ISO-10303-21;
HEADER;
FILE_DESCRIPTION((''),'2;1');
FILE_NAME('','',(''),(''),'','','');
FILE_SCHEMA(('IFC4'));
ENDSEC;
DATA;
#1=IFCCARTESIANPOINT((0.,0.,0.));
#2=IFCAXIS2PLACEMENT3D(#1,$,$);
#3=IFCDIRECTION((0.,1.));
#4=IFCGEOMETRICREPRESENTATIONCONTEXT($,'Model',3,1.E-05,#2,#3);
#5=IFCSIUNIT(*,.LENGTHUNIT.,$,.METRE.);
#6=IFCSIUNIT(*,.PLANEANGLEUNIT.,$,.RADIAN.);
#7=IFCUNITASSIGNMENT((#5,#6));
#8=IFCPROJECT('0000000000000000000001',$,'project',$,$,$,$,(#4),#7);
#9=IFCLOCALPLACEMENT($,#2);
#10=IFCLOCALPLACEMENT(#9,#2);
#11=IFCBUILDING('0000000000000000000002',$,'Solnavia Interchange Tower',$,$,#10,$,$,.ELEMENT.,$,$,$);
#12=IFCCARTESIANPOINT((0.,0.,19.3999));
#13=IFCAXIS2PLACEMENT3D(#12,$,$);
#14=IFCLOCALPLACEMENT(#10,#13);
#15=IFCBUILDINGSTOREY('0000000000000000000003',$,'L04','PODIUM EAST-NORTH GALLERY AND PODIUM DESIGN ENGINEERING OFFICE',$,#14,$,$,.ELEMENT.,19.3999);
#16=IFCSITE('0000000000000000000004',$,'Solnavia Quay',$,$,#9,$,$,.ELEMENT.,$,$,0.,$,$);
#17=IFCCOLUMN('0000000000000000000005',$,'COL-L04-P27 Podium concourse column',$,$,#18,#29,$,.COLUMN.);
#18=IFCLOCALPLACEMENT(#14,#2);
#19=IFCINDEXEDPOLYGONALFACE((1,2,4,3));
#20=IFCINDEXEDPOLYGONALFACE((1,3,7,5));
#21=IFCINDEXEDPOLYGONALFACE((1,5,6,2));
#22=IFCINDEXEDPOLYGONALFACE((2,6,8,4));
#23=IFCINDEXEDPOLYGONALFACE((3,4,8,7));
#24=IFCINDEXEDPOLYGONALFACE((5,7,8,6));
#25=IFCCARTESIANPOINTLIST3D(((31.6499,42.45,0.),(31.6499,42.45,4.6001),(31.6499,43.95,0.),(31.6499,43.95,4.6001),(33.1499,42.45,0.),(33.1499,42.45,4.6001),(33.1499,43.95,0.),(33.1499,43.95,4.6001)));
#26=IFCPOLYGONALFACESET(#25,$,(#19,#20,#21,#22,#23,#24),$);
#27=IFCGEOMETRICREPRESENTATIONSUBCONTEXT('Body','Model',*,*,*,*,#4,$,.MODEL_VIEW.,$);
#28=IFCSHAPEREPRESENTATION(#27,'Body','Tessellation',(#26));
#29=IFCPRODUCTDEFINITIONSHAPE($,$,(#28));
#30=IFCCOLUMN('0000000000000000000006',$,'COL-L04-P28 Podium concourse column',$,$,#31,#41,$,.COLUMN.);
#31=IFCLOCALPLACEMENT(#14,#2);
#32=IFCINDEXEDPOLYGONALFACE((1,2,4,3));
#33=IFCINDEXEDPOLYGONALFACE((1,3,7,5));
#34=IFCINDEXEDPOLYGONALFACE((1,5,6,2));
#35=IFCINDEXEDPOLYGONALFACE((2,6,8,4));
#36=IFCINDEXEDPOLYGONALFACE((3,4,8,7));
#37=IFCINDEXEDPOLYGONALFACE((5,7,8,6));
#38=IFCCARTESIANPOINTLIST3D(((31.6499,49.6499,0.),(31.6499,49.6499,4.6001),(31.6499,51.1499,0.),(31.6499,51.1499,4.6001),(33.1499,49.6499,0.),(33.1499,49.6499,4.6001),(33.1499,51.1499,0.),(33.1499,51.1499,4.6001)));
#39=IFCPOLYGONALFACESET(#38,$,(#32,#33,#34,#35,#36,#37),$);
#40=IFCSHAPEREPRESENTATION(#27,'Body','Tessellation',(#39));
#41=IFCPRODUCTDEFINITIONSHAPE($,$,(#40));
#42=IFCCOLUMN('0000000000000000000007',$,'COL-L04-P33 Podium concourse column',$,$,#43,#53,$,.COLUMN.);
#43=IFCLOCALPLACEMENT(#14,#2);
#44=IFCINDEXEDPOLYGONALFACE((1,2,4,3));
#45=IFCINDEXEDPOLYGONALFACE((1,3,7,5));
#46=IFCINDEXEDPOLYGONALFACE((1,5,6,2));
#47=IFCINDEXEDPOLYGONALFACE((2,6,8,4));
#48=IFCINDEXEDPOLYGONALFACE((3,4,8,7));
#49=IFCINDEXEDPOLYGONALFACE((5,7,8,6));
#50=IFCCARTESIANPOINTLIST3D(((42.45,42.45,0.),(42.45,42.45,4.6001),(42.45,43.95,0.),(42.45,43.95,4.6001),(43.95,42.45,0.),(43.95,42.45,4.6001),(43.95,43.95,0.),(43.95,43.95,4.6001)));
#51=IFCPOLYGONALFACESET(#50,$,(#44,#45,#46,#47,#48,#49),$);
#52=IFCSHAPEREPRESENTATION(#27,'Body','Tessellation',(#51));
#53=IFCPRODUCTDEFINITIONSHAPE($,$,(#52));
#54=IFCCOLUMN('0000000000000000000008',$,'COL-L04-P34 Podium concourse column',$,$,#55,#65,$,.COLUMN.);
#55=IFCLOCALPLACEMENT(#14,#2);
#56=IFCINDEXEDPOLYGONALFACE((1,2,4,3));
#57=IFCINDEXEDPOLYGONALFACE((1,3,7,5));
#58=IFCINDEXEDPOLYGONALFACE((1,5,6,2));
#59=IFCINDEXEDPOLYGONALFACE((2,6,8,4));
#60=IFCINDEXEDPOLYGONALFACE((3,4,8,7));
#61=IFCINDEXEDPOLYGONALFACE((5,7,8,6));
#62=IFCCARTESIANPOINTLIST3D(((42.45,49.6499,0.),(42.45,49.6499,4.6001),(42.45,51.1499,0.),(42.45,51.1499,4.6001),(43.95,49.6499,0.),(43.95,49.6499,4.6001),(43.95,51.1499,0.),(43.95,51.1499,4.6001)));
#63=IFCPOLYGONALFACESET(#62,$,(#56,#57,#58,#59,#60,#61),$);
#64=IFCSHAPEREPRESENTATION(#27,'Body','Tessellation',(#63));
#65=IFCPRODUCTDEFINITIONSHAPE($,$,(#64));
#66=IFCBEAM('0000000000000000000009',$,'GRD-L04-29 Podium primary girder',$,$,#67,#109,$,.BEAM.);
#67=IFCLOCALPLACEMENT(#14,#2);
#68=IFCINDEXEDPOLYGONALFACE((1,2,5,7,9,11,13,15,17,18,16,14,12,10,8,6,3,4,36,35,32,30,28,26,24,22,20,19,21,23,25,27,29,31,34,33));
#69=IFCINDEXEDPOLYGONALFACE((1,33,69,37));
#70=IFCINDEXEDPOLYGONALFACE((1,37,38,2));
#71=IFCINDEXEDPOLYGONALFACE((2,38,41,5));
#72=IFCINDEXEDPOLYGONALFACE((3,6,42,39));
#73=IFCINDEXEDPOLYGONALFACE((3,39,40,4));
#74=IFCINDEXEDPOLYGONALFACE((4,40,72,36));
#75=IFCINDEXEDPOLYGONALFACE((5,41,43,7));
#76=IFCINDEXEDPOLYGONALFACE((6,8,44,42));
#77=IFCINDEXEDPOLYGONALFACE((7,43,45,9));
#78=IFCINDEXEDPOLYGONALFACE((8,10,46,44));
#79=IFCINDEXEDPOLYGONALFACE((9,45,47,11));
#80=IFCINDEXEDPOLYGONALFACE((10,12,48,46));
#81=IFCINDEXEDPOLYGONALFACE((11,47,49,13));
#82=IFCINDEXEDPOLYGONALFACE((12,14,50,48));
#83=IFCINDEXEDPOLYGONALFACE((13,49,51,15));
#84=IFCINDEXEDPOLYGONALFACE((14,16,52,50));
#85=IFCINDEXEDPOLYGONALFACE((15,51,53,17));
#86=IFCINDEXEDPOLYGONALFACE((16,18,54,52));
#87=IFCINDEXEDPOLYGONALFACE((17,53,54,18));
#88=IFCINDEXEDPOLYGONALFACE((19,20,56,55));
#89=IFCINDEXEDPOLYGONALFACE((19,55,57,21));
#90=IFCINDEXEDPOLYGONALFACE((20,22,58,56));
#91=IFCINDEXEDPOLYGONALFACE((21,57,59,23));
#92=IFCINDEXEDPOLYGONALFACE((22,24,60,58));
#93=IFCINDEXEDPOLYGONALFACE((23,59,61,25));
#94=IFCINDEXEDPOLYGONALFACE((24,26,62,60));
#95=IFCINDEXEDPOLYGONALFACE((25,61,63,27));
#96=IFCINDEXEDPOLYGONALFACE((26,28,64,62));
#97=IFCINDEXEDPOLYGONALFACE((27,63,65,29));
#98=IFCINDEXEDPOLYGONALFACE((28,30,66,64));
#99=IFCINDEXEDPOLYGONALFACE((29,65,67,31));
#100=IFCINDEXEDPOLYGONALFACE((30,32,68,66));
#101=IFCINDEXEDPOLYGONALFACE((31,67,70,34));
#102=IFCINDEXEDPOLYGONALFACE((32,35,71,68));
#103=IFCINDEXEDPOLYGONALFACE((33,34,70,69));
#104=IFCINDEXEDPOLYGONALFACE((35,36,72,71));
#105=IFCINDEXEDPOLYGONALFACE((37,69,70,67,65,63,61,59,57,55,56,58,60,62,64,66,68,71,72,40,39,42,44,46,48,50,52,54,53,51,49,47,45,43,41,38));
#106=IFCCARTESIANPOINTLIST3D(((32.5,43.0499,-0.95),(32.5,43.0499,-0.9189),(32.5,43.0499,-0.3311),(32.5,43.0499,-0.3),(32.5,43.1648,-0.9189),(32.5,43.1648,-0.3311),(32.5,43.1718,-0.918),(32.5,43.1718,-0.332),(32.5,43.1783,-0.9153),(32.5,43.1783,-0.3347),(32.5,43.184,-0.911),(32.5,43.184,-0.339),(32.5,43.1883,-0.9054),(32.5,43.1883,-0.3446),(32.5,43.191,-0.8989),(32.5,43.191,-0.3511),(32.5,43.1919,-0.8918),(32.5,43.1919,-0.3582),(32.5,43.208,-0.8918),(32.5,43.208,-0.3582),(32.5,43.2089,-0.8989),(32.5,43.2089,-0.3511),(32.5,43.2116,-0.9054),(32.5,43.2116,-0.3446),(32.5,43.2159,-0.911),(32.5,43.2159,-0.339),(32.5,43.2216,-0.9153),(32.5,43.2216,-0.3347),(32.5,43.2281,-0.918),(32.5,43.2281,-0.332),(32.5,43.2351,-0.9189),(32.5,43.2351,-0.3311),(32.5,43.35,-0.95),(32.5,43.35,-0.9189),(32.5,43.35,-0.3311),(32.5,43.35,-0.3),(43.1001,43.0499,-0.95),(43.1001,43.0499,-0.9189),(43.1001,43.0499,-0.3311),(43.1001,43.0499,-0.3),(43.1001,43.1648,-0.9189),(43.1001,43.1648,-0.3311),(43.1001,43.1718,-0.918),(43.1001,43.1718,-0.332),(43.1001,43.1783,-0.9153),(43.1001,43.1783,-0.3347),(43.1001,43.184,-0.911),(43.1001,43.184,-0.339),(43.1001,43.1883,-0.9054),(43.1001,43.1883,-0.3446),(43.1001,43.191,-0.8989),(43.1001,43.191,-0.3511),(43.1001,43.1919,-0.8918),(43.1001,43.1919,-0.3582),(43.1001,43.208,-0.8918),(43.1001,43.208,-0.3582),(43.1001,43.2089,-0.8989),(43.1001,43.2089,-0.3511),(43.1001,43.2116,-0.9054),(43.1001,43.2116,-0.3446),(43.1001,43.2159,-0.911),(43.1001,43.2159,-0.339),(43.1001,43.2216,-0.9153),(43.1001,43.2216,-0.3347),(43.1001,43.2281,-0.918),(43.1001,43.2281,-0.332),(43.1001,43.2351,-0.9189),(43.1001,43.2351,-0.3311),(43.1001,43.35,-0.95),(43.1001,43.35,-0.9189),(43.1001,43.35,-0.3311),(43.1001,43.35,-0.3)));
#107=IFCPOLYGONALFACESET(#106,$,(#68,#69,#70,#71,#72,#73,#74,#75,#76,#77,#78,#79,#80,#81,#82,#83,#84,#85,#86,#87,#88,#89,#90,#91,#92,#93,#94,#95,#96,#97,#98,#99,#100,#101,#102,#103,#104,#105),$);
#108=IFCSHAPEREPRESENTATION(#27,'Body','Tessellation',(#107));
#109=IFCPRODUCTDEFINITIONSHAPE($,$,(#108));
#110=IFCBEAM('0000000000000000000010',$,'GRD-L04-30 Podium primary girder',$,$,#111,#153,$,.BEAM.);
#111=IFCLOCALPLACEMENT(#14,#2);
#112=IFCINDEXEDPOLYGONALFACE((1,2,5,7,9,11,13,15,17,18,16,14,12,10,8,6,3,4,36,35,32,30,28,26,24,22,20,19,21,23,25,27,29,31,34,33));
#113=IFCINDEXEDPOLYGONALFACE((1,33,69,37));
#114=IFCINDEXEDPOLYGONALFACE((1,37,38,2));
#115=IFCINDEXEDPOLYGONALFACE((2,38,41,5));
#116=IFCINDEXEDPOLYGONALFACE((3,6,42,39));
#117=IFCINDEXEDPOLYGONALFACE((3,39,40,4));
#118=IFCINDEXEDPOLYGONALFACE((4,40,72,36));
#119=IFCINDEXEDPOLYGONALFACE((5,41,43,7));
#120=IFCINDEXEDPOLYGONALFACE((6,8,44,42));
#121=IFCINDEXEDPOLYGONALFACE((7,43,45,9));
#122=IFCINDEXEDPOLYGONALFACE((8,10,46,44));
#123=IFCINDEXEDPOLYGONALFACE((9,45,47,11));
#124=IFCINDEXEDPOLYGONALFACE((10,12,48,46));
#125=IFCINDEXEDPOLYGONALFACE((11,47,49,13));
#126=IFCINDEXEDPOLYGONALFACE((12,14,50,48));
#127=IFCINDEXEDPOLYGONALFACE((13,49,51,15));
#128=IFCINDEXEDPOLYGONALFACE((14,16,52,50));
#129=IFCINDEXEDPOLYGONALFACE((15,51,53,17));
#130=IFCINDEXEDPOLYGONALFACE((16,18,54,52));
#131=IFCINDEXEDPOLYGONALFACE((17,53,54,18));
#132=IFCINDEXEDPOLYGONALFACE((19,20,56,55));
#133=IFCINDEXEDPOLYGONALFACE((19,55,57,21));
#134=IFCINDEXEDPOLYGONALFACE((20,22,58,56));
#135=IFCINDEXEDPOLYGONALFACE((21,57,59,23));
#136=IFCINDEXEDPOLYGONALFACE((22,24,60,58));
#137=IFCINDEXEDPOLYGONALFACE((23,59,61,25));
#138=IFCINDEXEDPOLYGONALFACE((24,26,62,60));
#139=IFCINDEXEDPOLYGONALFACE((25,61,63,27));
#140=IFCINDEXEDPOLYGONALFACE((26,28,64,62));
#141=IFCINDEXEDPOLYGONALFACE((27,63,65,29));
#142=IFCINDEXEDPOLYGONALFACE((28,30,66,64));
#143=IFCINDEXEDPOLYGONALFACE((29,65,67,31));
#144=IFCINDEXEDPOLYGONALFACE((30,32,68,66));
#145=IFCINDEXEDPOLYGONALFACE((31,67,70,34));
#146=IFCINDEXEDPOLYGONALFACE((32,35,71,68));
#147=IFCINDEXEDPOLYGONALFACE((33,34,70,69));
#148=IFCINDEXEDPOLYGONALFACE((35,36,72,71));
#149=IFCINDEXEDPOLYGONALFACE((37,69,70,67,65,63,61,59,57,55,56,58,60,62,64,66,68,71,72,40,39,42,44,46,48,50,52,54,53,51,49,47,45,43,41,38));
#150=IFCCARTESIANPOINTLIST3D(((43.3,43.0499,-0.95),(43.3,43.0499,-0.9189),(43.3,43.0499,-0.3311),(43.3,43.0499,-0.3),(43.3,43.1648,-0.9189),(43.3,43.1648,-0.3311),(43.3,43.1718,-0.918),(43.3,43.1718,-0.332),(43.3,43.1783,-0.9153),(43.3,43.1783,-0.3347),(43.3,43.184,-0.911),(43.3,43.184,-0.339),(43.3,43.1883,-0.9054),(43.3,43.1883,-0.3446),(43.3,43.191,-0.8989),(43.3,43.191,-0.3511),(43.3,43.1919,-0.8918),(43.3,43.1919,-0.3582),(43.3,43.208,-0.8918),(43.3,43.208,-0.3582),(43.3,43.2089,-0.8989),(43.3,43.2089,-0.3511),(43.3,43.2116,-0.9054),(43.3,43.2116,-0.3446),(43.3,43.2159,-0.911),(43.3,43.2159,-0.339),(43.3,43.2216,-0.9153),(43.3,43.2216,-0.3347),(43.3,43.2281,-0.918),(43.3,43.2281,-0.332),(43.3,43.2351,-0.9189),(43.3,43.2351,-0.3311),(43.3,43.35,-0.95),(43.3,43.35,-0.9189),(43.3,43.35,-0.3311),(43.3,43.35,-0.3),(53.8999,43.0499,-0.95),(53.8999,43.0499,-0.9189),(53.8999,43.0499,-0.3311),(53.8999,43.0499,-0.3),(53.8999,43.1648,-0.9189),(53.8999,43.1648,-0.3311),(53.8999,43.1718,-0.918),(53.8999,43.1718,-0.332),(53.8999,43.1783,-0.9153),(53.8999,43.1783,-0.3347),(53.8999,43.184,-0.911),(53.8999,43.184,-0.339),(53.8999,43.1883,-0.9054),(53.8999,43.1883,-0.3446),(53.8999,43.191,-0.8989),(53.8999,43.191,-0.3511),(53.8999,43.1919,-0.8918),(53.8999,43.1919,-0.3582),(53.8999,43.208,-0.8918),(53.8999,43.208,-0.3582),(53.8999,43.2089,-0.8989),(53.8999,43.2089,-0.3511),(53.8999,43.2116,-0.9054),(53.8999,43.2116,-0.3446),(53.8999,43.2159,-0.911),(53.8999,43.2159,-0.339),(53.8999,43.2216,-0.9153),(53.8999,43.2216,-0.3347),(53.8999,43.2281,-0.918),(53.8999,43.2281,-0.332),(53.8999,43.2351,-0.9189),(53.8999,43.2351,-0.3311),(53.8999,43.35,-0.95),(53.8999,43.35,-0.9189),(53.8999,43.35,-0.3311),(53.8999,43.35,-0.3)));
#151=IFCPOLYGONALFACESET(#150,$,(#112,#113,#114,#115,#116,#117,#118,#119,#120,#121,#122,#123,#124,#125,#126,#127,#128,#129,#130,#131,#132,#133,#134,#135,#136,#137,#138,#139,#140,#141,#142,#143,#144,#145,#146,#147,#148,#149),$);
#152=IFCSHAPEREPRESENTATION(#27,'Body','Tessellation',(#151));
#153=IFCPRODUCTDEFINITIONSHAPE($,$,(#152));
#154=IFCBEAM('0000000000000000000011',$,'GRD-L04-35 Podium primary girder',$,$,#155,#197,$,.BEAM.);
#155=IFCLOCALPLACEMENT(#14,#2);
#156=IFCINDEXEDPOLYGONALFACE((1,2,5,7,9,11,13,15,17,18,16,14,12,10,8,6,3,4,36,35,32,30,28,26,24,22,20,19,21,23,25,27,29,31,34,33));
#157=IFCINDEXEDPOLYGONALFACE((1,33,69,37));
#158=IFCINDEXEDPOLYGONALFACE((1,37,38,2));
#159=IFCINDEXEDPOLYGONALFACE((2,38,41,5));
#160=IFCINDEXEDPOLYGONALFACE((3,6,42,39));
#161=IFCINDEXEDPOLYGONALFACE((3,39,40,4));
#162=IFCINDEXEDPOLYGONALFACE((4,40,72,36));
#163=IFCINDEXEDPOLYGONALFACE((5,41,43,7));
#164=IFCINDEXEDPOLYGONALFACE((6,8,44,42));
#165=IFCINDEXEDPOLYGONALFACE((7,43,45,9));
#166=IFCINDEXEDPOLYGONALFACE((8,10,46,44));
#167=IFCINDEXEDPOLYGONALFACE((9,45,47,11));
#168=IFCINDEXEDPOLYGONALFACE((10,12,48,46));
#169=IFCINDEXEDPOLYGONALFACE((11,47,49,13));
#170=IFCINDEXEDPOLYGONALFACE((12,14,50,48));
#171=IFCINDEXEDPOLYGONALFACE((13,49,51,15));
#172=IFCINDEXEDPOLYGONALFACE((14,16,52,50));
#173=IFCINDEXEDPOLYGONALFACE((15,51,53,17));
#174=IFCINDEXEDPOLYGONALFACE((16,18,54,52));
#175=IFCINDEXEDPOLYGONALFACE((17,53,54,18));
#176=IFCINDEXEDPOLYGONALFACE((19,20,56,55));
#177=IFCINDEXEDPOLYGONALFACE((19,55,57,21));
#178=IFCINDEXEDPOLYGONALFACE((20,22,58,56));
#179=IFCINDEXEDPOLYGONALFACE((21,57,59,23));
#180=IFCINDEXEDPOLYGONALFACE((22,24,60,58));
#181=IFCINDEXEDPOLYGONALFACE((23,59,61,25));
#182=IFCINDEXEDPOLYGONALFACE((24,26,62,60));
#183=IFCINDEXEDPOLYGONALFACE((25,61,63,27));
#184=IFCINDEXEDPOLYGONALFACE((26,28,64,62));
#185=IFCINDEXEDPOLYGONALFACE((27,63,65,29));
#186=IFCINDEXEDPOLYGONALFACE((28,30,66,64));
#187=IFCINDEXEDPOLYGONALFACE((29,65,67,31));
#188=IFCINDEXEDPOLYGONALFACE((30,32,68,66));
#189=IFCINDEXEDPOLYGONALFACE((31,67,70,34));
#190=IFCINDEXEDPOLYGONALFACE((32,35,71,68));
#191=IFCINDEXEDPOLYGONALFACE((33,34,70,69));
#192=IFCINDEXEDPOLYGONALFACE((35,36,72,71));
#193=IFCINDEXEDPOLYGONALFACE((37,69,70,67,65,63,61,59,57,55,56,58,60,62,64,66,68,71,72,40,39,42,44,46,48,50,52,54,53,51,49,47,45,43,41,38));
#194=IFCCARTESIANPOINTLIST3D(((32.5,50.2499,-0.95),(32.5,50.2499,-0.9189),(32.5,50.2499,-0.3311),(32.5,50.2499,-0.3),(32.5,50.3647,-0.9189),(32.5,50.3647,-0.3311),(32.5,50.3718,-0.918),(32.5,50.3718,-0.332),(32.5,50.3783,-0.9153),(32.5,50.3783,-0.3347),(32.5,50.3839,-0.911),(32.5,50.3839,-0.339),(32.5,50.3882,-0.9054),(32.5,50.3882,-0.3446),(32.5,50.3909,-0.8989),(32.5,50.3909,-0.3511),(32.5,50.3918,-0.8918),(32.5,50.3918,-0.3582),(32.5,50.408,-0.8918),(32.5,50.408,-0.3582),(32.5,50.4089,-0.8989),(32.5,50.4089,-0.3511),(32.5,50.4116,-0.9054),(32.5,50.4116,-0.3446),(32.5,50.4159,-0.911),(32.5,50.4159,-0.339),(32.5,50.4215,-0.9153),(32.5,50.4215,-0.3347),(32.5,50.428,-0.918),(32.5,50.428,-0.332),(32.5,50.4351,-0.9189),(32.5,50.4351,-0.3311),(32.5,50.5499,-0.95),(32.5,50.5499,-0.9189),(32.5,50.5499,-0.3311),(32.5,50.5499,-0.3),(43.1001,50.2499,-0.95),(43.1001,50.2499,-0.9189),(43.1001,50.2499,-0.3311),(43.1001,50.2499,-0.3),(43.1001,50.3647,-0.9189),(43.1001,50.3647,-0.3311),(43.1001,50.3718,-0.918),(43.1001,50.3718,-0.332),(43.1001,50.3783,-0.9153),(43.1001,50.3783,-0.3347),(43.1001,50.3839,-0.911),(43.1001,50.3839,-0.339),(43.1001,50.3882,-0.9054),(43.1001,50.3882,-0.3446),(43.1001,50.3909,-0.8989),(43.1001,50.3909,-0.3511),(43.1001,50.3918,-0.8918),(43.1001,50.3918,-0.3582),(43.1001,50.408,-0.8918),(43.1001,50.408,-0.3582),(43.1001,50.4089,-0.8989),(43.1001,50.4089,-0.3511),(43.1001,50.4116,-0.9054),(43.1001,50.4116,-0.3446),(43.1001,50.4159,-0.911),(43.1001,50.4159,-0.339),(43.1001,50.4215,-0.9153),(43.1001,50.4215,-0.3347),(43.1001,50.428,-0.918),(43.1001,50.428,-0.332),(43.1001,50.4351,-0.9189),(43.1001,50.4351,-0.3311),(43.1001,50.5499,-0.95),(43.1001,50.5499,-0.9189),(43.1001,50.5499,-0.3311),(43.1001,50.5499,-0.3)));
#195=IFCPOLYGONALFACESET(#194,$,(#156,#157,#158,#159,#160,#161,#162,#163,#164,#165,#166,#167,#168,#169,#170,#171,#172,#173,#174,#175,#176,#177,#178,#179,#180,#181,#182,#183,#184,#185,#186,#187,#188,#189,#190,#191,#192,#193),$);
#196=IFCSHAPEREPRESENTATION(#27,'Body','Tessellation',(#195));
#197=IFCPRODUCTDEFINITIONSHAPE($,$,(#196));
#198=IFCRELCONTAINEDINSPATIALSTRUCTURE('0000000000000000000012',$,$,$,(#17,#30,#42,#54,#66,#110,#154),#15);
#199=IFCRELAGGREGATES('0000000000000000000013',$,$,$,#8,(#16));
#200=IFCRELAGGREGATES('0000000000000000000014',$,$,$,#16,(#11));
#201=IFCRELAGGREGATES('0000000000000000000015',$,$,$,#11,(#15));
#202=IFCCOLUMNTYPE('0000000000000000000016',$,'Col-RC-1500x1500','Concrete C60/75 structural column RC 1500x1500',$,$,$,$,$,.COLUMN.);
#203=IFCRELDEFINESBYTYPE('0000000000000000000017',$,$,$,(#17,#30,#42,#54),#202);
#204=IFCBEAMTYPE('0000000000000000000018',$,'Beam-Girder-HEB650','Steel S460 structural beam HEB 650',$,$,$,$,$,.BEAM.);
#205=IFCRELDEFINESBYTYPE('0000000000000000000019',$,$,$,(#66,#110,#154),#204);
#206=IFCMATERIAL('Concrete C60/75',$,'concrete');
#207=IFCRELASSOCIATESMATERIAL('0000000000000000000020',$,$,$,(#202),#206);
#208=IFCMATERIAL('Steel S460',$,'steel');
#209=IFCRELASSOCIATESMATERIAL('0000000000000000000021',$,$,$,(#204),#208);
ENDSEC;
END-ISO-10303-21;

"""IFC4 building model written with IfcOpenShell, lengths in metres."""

from ifc_helpers import new_model, si_unit, direction, frame, origin, origin_2d, place, context, subcontext, project, spatial, rectangle, i_section, extrude, material, material_profile, profile_set, type_object, element, save


model = new_model("IFC4")

# Units and contexts
model_context = context("Model", 3, precision=1e-05, world=origin(), true_north=direction((0.0, 1.0)))
body_context = subcontext(model_context, "Body", "Model", "MODEL_VIEW")
ifc_project = project(units=[si_unit("LENGTHUNIT", "METRE"), si_unit("PLANEANGLEUNIT", "RADIAN")], contexts=[model_context])

# Site, building, storey
site_placement = place(None, origin())
site = spatial("IfcSite", under=ifc_project, at=site_placement, Name="Solnavia Quay", CompositionType="ELEMENT", RefElevation=0.0)
building_placement = place(site_placement, origin())
building = spatial("IfcBuilding", under=site, at=building_placement, Name="Solnavia Interchange Tower", CompositionType="ELEMENT")
storey_placement = place(building_placement, frame((0.0, 0.0, 19.3999)))
storey = spatial("IfcBuildingStorey", under=building, at=storey_placement, Name="L04", Description="PODIUM EAST-NORTH GALLERY AND PODIUM DESIGN ENGINEERING OFFICE", CompositionType="ELEMENT", Elevation=19.3999)

# Columns
ifc_material_1 = material(Name="Concrete C60/75", Category="concrete")
ifc_material_profile_1 = material_profile(ifc_material_1, rectangle(XDim=1.5, YDim=1.5, at=origin_2d()), Name="RC 1500x1500")
ifc_profile_set_1 = profile_set([ifc_material_profile_1], Name="Concrete C60/75")
column_type = type_object("IfcColumnType", Name="Col-RC-1500x1500", Description="Concrete C60/75 structural column RC 1500x1500", PredefinedType="COLUMN", material=ifc_profile_set_1)
for number, where, z_axis, x_axis, name in (
    (1, (32.3999, 43.2, 0.0), (0.0, 0.0, 1.0), (1.0, 0.0, 0.0), "COL-L04-P27 Podium concourse column"),
    (2, (32.3999, 50.3999, 0.0), (0.0, 0.0, 1.0), (1.0, 0.0, 0.0), "COL-L04-P28 Podium concourse column"),
    (3, (43.2, 43.2, 0.0), (0.0, 0.0, 1.0), (1.0, 0.0, 0.0), "COL-L04-P33 Podium concourse column"),
    (4, (43.2, 50.3999, 0.0), (0.0, 0.0, 1.0), (1.0, 0.0, 0.0), "COL-L04-P34 Podium concourse column"),
):
    element("IfcColumn", number, at=place(storey_placement, frame(where, z_axis=z_axis, x_axis=x_axis)), inside=storey, type_object=column_type, Name=name, PredefinedType="COLUMN", context=body_context, shape_type="SweptSolid", body=[
        extrude(rectangle(XDim=1.5, YDim=1.5, at=origin_2d()), origin(), (0.0, 0.0, 1.0), 4.6001),
    ])

# Beams
ifc_material_2 = material(Name="Steel S460", Category="steel")
ifc_material_profile_2 = material_profile(ifc_material_2, i_section(OverallWidth=0.3, OverallDepth=0.6499, WebThickness=0.0161, FlangeThickness=0.031, FilletRadius=0.0271, at=origin_2d()), Name="HEB 650")
ifc_profile_set_2 = profile_set([ifc_material_profile_2], Name="Steel S460")
beam_type_1 = type_object("IfcBeamType", Name="Beam-Girder-HEB650", Description="Steel S460 structural beam HEB 650", PredefinedType="BEAM", material=ifc_profile_set_2)
beam_1_placement = place(storey_placement, frame((32.5, 43.2, -0.625), z_axis=(1.0, 0.0, 0.0), x_axis=(0.0, 1.0, 0.0)))
element("IfcBeam", 5, at=beam_1_placement, inside=storey, type_object=beam_type_1, Name="GRD-L04-29 Podium primary girder", PredefinedType="BEAM", context=body_context, shape_type="SweptSolid", body=[
    extrude(i_section(OverallWidth=0.3, OverallDepth=0.6499, WebThickness=0.0161, FlangeThickness=0.031, FilletRadius=0.0271, at=origin_2d()), origin(), (0.0, 0.0, 1.0), 10.6001),
])
beam_2_placement = place(storey_placement, frame((43.3, 43.2, -0.625), z_axis=(1.0, 0.0, 0.0), x_axis=(0.0, 1.0, 0.0)))
element("IfcBeam", 6, at=beam_2_placement, inside=storey, type_object=beam_type_1, Name="GRD-L04-30 Podium primary girder", PredefinedType="BEAM", context=body_context, shape_type="SweptSolid", body=[
    extrude(i_section(OverallWidth=0.3, OverallDepth=0.6499, WebThickness=0.0161, FlangeThickness=0.031, FilletRadius=0.0271, at=origin_2d()), origin(), (0.0, 0.0, 1.0), 10.5999),
])
beam_3_placement = place(storey_placement, frame((32.5, 50.3999, -0.625), z_axis=(1.0, 0.0, 0.0), x_axis=(0.0, 1.0, 0.0)))
element("IfcBeam", 7, at=beam_3_placement, inside=storey, type_object=beam_type_1, Name="GRD-L04-35 Podium primary girder", PredefinedType="BEAM", context=body_context, shape_type="SweptSolid", body=[
    extrude(i_section(OverallWidth=0.3, OverallDepth=0.6499, WebThickness=0.0161, FlangeThickness=0.031, FilletRadius=0.0271, at=origin_2d()), origin(), (0.0, 0.0, 1.0), 10.6001),
])

save(model, "model.ifc")
